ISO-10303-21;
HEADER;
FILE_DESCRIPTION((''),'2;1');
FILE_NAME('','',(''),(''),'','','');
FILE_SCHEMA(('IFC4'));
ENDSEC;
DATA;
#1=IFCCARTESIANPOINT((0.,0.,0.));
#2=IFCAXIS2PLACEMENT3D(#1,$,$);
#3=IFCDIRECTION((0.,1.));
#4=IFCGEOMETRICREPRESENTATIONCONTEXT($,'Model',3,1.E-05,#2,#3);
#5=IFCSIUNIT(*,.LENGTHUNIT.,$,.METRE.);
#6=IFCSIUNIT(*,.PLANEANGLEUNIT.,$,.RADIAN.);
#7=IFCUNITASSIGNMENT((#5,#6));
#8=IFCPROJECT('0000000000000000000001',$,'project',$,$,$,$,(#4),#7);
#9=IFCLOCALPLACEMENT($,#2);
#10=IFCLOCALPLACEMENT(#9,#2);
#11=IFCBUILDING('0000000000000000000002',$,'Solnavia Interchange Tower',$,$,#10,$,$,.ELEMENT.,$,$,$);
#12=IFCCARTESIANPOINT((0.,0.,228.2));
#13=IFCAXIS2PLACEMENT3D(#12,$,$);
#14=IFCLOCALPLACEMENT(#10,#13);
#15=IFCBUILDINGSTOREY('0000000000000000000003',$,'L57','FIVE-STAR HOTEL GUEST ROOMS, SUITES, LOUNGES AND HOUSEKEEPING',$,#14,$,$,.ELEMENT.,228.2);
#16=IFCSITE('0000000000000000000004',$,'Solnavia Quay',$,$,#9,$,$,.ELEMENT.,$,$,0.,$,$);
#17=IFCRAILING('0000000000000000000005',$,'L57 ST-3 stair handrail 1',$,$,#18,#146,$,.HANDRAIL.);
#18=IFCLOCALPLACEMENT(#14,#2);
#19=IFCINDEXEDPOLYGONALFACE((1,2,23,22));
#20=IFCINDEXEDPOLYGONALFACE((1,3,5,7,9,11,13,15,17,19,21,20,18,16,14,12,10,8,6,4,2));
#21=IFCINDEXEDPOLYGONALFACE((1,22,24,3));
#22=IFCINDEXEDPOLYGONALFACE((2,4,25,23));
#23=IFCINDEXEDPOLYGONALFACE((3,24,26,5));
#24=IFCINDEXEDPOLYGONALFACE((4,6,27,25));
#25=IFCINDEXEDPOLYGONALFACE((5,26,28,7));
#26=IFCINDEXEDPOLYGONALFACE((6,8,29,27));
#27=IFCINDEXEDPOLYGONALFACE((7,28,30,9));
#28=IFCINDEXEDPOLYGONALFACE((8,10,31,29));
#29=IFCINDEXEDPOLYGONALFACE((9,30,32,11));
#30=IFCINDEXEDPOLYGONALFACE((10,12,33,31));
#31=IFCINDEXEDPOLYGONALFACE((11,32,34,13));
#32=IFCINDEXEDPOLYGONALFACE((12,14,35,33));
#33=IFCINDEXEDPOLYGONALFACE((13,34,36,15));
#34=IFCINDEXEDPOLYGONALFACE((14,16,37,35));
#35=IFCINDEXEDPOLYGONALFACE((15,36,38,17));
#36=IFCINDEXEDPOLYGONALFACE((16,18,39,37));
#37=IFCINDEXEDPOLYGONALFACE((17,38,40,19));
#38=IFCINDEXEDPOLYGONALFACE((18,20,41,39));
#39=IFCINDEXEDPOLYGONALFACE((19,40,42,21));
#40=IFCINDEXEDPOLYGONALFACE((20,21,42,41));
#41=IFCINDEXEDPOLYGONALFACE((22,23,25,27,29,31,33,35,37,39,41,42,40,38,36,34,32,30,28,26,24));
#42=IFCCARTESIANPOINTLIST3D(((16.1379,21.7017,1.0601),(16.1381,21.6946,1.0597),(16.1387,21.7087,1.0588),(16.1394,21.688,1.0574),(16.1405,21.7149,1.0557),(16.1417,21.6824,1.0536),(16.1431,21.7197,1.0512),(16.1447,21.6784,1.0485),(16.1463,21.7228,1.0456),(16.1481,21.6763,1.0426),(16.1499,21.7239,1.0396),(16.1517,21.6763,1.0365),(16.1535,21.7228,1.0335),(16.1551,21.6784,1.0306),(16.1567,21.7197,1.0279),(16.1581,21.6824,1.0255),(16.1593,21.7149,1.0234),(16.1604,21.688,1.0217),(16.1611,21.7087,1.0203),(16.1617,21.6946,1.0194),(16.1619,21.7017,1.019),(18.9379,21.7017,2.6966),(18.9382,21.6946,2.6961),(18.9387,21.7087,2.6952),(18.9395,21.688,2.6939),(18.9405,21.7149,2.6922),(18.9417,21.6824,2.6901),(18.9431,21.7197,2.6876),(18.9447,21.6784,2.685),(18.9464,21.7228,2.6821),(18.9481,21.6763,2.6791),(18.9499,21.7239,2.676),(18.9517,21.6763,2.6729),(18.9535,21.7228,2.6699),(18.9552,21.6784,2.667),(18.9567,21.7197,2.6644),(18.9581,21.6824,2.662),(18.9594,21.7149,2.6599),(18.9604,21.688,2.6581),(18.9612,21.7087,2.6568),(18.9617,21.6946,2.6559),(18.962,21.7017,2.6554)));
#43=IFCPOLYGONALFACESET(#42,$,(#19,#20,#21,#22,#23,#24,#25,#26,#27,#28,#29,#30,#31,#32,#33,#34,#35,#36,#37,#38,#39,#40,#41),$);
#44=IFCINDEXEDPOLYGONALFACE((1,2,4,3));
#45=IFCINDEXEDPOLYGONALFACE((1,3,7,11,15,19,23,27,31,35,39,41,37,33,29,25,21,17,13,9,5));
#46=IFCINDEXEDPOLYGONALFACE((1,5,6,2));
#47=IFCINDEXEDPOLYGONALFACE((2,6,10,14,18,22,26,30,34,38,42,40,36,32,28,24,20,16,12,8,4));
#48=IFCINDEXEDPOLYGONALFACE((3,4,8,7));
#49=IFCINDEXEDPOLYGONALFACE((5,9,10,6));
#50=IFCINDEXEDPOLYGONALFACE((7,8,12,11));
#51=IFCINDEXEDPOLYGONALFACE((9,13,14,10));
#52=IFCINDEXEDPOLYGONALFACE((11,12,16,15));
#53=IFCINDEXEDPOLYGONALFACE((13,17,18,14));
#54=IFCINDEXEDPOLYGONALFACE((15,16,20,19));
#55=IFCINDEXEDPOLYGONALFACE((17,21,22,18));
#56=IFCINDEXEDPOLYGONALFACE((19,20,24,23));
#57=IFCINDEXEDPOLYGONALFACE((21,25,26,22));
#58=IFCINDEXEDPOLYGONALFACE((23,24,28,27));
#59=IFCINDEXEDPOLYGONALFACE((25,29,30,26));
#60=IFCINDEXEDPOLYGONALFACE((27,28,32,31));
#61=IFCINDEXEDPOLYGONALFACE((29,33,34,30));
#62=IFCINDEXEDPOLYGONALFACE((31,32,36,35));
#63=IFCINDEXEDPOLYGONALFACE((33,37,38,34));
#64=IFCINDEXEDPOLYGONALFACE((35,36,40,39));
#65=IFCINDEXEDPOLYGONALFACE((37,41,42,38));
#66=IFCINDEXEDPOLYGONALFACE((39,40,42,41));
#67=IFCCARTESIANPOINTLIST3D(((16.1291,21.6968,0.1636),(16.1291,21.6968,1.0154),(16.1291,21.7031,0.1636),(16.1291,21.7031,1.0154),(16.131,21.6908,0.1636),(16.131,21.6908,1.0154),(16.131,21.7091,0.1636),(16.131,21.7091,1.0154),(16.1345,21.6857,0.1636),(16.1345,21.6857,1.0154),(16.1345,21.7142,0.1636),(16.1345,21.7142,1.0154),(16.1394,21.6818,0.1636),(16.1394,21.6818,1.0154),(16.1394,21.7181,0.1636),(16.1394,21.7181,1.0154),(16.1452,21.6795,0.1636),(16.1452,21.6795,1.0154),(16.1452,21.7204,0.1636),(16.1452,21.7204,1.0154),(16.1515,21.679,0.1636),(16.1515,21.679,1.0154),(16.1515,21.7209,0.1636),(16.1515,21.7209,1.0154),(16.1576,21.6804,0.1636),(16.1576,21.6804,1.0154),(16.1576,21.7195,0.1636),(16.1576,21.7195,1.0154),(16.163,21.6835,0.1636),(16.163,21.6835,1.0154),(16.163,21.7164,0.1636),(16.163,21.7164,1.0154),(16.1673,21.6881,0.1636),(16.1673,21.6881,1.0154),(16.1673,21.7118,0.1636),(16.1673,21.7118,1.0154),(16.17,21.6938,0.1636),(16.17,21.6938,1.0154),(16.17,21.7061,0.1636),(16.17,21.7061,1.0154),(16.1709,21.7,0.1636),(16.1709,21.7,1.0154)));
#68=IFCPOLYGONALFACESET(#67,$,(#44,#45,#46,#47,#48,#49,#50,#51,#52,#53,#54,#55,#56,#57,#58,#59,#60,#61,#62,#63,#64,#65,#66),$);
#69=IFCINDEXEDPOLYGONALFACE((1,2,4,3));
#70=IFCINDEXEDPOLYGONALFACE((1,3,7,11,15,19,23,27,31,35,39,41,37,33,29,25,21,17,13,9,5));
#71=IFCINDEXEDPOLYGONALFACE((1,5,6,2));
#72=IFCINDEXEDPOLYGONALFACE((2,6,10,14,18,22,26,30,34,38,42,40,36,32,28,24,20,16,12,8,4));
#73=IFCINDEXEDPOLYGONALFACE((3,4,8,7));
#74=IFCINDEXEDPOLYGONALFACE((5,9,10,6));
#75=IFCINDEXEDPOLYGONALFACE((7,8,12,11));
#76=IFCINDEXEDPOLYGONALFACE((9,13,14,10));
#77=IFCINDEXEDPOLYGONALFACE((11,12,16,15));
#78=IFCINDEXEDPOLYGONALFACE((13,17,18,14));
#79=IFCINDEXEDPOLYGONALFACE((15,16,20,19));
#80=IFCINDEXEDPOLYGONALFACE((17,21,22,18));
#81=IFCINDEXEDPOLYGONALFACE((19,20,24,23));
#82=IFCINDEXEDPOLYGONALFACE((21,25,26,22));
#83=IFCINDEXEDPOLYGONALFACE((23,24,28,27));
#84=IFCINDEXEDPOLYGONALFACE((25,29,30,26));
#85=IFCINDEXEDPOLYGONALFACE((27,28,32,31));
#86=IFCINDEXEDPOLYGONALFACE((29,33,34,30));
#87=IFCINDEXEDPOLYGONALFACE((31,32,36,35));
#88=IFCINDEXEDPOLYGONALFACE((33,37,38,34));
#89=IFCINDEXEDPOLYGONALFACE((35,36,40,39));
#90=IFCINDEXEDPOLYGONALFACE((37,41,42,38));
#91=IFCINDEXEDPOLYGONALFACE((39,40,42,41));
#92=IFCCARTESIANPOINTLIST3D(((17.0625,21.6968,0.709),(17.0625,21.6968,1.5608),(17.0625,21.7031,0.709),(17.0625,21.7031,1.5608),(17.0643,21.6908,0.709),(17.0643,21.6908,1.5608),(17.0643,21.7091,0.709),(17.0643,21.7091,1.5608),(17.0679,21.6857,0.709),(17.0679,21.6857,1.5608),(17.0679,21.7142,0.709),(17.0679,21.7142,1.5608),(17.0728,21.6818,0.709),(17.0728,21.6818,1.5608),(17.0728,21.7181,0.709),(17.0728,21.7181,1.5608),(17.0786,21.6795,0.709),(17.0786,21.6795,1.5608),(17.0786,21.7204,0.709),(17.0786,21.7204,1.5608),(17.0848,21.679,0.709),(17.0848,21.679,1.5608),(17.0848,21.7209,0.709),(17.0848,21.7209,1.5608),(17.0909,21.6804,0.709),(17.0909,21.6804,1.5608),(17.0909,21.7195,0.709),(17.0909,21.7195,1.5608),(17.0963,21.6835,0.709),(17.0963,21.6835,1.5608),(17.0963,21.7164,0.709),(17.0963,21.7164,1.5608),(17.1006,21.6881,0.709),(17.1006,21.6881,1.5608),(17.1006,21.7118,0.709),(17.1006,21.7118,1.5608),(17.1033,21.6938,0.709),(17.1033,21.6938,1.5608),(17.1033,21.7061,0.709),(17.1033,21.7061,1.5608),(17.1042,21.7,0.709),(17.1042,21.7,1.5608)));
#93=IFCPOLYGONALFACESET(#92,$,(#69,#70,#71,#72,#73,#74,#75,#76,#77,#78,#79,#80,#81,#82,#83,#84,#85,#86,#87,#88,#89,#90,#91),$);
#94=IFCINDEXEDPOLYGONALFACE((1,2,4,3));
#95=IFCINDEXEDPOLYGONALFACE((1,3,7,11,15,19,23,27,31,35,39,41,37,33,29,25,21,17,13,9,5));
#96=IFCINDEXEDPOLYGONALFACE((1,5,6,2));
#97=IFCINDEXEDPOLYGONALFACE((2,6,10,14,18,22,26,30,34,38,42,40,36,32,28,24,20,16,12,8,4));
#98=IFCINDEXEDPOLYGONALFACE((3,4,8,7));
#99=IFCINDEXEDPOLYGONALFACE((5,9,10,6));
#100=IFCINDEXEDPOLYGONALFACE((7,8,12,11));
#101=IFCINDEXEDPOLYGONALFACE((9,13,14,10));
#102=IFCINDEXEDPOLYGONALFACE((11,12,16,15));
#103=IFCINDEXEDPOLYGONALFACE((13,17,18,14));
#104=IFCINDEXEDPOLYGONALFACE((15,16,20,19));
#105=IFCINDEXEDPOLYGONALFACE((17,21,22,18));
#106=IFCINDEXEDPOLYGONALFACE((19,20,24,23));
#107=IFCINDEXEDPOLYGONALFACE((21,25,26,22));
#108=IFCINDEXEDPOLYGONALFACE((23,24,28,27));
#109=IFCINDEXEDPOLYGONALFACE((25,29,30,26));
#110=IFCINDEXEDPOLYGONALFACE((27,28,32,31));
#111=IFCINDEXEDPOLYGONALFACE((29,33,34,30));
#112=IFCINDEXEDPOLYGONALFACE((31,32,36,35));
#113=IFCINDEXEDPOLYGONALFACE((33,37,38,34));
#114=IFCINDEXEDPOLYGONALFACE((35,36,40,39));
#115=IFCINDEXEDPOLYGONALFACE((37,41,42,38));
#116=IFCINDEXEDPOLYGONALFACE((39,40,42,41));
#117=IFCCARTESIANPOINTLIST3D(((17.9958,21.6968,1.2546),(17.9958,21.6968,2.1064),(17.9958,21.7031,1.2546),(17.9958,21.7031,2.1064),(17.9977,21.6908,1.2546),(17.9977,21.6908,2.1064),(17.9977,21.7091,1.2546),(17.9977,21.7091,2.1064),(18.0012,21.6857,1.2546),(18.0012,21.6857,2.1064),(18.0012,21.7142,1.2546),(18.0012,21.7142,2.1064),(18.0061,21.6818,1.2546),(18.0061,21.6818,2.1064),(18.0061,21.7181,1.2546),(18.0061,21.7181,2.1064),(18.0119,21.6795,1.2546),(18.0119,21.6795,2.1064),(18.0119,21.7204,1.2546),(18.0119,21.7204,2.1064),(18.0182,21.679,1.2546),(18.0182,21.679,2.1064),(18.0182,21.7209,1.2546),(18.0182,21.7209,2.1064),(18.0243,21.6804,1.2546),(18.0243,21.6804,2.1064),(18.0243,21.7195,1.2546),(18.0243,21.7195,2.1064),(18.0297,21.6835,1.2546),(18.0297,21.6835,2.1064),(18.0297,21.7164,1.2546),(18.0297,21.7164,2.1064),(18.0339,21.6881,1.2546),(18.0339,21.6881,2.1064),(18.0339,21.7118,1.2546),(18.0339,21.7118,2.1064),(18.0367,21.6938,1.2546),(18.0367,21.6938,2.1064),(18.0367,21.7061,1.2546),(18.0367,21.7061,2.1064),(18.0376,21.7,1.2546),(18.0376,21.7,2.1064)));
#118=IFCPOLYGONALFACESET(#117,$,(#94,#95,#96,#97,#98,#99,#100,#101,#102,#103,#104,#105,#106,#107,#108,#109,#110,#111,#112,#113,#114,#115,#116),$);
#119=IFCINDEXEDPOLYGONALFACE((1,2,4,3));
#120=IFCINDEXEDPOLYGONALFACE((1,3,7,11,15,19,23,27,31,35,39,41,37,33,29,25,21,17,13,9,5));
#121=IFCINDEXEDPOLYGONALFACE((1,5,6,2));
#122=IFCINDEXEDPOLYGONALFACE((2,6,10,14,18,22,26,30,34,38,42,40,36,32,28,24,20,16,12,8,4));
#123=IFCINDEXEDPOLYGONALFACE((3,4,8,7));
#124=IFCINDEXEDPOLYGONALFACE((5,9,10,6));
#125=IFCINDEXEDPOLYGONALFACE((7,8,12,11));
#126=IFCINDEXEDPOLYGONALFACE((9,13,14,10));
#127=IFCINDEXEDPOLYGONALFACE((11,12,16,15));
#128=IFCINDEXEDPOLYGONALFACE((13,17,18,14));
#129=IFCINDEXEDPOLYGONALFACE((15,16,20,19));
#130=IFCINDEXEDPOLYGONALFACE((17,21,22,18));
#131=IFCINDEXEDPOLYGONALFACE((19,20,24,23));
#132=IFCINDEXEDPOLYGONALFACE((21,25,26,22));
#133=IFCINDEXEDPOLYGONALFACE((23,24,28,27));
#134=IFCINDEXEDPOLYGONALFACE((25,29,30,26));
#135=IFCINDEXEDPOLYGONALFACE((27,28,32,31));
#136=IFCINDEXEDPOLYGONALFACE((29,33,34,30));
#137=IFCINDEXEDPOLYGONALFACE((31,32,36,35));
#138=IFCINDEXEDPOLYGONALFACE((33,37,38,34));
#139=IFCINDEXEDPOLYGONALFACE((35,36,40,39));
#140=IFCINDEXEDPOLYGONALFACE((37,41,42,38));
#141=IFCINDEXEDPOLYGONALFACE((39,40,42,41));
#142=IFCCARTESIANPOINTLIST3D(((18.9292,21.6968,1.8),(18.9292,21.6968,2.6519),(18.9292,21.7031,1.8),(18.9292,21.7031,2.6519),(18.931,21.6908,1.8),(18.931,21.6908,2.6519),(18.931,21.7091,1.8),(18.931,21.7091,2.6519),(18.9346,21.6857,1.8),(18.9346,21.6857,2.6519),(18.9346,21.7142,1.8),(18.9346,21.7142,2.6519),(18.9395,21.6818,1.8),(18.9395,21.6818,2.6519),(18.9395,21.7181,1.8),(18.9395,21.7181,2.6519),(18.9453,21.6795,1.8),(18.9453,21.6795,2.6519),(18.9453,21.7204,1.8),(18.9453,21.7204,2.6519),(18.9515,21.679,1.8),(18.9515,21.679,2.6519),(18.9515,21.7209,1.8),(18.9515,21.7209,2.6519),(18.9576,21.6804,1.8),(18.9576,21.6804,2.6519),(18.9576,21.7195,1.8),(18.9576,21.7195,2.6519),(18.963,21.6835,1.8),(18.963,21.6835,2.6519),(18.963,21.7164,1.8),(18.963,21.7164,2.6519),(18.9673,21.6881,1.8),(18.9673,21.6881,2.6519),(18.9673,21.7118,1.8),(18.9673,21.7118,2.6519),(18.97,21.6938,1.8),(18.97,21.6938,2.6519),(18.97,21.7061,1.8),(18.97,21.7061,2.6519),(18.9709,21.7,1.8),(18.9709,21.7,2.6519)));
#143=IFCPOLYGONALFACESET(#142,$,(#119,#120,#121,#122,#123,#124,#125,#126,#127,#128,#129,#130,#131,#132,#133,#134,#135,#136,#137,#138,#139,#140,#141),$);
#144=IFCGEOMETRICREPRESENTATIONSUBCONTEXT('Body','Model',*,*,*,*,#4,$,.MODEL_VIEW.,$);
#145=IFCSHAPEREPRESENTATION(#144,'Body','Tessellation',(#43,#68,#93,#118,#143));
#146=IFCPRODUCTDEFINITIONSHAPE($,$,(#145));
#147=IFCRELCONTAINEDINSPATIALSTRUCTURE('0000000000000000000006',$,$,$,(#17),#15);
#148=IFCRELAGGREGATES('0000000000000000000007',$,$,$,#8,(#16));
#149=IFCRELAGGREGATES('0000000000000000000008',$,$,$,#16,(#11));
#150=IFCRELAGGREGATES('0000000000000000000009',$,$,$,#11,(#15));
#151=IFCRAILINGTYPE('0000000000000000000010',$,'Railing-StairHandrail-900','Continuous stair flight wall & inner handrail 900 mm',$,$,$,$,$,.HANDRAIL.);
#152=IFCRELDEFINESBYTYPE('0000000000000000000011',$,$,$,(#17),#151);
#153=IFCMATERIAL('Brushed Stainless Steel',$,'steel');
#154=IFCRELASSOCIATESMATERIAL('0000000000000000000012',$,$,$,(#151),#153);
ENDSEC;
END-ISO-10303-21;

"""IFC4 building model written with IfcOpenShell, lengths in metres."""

from ifc_helpers import new_model, si_unit, direction, frame, origin, origin_2d, place, context, subcontext, project, spatial, circle, extrude, material, type_object, element, save


model = new_model("IFC4")

# Units and contexts
model_context = context("Model", 3, precision=1e-05, world=origin(), true_north=direction((0.0, 1.0)))
body_context = subcontext(model_context, "Body", "Model", "MODEL_VIEW")
ifc_project = project(units=[si_unit("LENGTHUNIT", "METRE"), si_unit("PLANEANGLEUNIT", "RADIAN")], contexts=[model_context])

# Site, building, storey
site_placement = place(None, origin())
site = spatial("IfcSite", under=ifc_project, at=site_placement, Name="Solnavia Quay", CompositionType="ELEMENT", RefElevation=0.0)
building_placement = place(site_placement, origin())
building = spatial("IfcBuilding", under=site, at=building_placement, Name="Solnavia Interchange Tower", CompositionType="ELEMENT")
storey_placement = place(building_placement, frame((0.0, 0.0, 228.2)))
storey = spatial("IfcBuildingStorey", under=building, at=storey_placement, Name="L57", Description="FIVE-STAR HOTEL GUEST ROOMS, SUITES, LOUNGES AND HOUSEKEEPING", CompositionType="ELEMENT", Elevation=228.2)

# Railing
ifc_material_1 = material(Name="Brushed Stainless Steel", Category="steel")
railing_type_1 = type_object("IfcRailingType", Name="Railing-StairHandrail-900", Description="Continuous stair flight wall & inner handrail 900 mm", PredefinedType="HANDRAIL", material=ifc_material_1)
railing_1_placement = place(storey_placement, frame((16.1499, 21.7, 0.1636)))
element("IfcRailing", 1, at=railing_1_placement, inside=storey, type_object=railing_type_1, Name="L57 ST-3 stair handrail 1", PredefinedType="HANDRAIL", context=body_context, shape_type="SweptSolid", body=[
    extrude(circle(Radius=0.0239, at=origin_2d()), frame((0.0, 0.0, 0.876), z_axis=(0.863361, 0.0, 0.504587), x_axis=(0.0, 1.0, 0.0)), (0.0, 0.0, 1.0), 3.2432),
    extrude(circle(Radius=0.021, at=origin_2d()), origin(), (0.0, 0.0, 1.0), 0.8518),
    extrude(circle(Radius=0.021, at=origin_2d()), frame((0.9333, 0.0, 0.5454)), (0.0, 0.0, 1.0), 0.8518),
    extrude(circle(Radius=0.021, at=origin_2d()), frame((1.8667, 0.0, 1.0911)), (0.0, 0.0, 1.0), 0.8518),
    extrude(circle(Radius=0.021, at=origin_2d()), frame((2.8, 0.0, 1.6365)), (0.0, 0.0, 1.0), 0.8518),
])

save(model, "model.ifc")
